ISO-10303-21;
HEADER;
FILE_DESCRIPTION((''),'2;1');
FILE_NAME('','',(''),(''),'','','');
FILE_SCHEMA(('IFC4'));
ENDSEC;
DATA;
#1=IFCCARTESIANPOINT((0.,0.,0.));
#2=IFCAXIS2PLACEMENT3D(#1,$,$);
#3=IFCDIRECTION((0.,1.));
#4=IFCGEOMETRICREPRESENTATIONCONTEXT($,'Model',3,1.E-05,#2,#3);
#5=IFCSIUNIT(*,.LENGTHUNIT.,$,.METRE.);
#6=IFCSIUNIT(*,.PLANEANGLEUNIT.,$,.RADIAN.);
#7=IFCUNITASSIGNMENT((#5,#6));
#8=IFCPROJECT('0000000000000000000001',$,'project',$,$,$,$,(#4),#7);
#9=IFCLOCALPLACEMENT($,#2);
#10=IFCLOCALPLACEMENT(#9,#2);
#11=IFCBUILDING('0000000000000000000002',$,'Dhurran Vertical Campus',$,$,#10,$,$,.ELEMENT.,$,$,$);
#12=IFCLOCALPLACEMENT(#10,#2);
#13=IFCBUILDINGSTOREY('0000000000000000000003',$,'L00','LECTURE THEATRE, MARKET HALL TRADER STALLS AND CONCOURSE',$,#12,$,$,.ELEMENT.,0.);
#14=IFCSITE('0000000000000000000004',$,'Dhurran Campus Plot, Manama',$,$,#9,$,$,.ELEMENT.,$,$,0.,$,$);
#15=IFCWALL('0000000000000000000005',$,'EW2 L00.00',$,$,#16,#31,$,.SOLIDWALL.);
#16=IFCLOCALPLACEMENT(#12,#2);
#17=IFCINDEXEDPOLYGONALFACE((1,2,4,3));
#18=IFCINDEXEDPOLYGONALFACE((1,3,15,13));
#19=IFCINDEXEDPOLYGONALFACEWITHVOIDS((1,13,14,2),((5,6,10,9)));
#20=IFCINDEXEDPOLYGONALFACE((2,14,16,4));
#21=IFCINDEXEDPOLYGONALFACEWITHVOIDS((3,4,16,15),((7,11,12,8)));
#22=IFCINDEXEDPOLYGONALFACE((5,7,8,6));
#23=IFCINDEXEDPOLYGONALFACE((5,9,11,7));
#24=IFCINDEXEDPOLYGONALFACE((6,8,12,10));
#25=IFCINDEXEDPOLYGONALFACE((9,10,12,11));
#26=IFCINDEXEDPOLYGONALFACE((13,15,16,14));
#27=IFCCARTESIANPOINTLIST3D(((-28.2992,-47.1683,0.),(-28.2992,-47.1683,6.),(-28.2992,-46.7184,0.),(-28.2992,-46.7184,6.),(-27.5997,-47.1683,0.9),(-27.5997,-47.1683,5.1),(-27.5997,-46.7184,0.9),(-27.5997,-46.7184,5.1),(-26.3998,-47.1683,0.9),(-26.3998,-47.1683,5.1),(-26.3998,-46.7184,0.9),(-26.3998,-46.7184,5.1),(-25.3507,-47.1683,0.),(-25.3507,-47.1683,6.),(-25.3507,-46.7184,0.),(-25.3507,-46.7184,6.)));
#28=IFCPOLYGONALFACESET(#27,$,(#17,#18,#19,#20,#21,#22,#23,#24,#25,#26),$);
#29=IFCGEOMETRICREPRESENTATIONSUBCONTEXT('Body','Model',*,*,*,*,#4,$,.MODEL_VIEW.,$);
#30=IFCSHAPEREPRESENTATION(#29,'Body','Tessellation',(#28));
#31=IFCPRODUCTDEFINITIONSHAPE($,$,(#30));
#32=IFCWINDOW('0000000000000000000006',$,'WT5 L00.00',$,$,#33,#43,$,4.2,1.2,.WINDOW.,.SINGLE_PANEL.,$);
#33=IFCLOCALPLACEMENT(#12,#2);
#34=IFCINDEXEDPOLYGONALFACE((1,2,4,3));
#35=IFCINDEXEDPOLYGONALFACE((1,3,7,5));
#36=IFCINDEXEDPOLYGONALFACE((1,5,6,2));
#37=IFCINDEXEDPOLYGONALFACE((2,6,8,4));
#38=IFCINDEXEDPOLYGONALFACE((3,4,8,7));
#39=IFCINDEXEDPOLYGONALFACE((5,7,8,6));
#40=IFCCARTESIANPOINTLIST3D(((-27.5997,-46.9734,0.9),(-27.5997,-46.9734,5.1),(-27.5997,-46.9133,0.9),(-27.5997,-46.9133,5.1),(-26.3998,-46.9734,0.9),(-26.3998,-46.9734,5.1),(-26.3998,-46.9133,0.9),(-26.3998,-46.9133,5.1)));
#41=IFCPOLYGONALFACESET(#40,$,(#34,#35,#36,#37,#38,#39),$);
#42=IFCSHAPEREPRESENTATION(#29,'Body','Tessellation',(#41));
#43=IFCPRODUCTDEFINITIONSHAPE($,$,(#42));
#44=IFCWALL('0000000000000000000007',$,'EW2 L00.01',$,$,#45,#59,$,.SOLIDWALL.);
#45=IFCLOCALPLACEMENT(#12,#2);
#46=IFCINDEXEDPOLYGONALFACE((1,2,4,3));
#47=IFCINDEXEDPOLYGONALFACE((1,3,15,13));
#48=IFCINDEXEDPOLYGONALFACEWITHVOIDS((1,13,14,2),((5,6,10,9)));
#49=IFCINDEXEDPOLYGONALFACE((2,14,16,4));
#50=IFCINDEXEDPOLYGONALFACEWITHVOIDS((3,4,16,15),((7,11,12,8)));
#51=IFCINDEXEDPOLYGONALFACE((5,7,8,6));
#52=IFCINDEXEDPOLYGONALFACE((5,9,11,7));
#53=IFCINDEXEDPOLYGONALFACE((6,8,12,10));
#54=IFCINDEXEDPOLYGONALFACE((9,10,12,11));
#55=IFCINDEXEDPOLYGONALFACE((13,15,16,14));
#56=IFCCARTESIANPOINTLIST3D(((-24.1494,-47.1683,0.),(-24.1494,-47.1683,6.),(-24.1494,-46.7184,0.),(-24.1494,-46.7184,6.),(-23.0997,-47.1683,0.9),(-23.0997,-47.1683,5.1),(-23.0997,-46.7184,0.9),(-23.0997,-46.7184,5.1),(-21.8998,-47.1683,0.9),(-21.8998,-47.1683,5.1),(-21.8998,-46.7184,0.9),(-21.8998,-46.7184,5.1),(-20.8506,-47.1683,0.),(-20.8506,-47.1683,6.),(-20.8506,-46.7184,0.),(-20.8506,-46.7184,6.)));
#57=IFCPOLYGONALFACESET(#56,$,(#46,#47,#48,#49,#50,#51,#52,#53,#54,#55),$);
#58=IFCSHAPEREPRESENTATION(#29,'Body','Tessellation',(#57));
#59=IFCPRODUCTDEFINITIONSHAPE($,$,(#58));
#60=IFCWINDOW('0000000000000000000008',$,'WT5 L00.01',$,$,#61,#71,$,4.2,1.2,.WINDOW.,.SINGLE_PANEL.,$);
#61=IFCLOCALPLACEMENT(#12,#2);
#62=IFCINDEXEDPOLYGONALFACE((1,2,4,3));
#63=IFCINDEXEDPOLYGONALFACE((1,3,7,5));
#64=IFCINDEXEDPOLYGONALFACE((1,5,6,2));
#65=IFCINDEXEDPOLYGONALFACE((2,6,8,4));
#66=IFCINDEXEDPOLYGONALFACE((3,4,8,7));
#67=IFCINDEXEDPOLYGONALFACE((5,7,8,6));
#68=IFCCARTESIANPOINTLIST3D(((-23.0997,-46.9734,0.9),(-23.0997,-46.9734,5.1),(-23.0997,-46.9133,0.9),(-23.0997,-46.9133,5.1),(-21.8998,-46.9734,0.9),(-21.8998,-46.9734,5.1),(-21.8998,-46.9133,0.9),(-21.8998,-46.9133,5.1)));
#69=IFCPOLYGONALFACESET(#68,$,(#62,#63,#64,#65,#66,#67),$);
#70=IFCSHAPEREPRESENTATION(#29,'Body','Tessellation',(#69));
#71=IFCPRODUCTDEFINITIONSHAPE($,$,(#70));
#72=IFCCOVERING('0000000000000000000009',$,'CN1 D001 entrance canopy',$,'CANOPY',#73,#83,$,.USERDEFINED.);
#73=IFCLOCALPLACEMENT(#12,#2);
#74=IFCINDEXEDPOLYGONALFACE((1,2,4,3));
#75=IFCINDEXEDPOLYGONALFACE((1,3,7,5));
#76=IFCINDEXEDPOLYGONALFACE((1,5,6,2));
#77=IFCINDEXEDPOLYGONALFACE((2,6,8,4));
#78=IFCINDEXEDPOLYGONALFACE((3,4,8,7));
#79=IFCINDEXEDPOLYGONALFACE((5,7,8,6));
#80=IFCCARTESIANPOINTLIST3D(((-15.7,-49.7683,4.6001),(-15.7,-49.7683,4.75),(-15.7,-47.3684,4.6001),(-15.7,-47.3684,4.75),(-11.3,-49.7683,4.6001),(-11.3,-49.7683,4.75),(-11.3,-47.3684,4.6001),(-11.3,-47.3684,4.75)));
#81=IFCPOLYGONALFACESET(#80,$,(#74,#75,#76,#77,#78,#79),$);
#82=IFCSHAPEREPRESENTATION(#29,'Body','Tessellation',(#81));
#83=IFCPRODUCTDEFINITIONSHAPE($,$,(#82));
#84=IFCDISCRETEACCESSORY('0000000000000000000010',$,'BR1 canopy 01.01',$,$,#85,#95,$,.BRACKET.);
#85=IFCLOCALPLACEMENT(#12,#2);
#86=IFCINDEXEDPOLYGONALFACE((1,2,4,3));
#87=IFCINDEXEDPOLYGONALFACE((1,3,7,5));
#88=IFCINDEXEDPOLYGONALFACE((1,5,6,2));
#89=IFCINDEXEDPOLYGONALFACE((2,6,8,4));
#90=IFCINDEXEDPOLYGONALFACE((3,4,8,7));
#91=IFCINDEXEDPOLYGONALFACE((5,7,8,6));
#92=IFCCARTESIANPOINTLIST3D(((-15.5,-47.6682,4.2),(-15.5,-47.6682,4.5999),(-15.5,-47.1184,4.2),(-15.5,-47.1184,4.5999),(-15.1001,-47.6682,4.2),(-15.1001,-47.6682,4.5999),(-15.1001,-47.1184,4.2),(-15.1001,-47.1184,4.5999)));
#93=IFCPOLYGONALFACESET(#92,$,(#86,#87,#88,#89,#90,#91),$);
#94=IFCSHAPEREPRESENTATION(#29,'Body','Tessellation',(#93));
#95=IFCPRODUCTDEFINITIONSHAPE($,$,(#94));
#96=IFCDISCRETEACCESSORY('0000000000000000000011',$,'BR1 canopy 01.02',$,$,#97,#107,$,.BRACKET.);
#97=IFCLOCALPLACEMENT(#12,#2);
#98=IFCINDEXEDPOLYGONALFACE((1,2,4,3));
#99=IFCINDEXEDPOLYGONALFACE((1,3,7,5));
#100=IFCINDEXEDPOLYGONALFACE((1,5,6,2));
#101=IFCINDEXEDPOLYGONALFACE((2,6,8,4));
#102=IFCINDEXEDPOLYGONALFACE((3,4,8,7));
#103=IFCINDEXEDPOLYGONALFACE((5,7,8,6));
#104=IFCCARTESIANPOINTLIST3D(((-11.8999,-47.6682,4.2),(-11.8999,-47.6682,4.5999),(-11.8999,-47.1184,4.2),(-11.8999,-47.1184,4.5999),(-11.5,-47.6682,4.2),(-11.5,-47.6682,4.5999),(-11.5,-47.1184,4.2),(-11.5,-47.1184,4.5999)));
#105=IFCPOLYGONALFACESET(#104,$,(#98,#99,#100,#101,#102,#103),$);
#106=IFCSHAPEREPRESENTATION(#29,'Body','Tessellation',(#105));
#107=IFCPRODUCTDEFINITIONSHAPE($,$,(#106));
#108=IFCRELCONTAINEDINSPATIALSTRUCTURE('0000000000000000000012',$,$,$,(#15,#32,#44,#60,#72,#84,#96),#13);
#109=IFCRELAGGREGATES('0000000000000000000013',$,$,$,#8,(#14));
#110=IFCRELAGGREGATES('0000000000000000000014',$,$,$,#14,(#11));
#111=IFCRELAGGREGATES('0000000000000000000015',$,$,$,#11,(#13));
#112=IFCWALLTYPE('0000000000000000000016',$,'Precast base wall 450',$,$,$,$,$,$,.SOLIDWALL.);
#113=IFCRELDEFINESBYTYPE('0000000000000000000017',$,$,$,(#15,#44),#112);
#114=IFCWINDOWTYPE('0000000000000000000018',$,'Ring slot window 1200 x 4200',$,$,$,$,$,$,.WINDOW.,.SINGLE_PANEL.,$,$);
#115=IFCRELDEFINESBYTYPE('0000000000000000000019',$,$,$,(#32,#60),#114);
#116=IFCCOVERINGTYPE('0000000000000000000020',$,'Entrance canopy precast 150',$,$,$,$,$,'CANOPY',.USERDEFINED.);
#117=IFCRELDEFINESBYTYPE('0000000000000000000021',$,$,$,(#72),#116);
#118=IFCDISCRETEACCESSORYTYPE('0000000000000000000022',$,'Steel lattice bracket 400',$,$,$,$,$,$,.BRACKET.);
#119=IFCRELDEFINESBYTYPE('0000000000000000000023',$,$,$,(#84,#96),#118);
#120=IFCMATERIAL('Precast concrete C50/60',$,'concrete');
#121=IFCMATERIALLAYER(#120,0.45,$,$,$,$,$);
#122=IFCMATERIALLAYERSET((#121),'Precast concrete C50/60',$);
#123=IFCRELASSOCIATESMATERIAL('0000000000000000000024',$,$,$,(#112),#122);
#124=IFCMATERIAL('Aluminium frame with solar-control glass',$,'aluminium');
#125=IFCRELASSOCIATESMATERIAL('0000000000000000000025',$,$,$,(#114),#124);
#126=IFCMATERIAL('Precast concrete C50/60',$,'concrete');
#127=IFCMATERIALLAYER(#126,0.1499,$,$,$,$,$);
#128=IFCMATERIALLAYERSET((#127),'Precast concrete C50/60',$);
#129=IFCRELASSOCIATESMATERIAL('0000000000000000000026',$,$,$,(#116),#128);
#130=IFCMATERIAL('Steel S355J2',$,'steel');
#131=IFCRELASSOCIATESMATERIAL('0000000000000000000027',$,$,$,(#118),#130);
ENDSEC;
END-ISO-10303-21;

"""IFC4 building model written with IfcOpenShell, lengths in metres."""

from ifc_helpers import new_model, si_unit, direction, frame, frame_2d, origin, origin_2d, place, context, subcontext, project, spatial, rectangle, extrude, material, layer, layer_set, material_profile, profile_set, type_object, element, fill, save


model = new_model("IFC4")

# Units and contexts
model_context = context("Model", 3, precision=1e-05, world=origin(), true_north=direction((0.0, 1.0)))
body_context = subcontext(model_context, "Body", "Model", "MODEL_VIEW")
ifc_project = project(units=[si_unit("LENGTHUNIT", "METRE"), si_unit("PLANEANGLEUNIT", "RADIAN")], contexts=[model_context])

# Site, building, storey
site_placement = place(None, origin())
site = spatial("IfcSite", under=ifc_project, at=site_placement, Name="Dhurran Campus Plot, Manama", CompositionType="ELEMENT", RefElevation=0.0)
building_placement = place(site_placement, origin())
building = spatial("IfcBuilding", under=site, at=building_placement, Name="Dhurran Vertical Campus", CompositionType="ELEMENT")
storey_placement = place(building_placement, origin())
storey = spatial("IfcBuildingStorey", under=building, at=storey_placement, Name="L00", Description="LECTURE THEATRE, MARKET HALL TRADER STALLS AND CONCOURSE", CompositionType="ELEMENT", Elevation=0.0)

# Walls, openings, windows
ifc_material_1 = material(Name="Precast concrete C50/60", Category="concrete")
ifc_layer_1 = layer(ifc_material_1, 0.45)
ifc_layer_set_1 = layer_set([ifc_layer_1], Name="Precast concrete C50/60")
wall_type = type_object("IfcWallType", Name="Precast base wall 450", PredefinedType="SOLIDWALL", material=ifc_layer_set_1)
wall_1_placement = place(storey_placement, frame((-28.2991, -46.9434, 0.0), z_axis=(0.0, 0.0, 1.0), x_axis=(1.0, 0.0, 0.0)))
wall_1 = element("IfcWall", 1, at=wall_1_placement, inside=storey, type_object=wall_type, Name="EW2 L00.00", PredefinedType="SOLIDWALL", context=body_context, shape_type="SweptSolid", body=[
    extrude(rectangle(XDim=2.9485, YDim=0.45, at=frame_2d((1.4741, 0.0))), origin(), (0.0, 0.0, 1.0), 6.0),
])
opening_1_placement = place(wall_1_placement, frame((0.6992, 0.0, 0.8999)))
opening_1 = element("IfcOpeningElement", 2, at=opening_1_placement, cuts=wall_1, PredefinedType="OPENING", context=body_context, shape_type="SweptSolid", body=[
    extrude(rectangle(XDim=1.2, YDim=4.2, at=frame_2d((0.6001, 2.1001))), frame((0.0, 0.2349, 0.0), z_axis=(0.0, -1.0, 0.0), x_axis=(1.0, 0.0, 0.0)), (0.0, 0.0, 1.0), 0.47),
])
ifc_material_2 = material(Name="Aluminium frame with solar-control glass", Category="aluminium")
window_type = type_object("IfcWindowType", Name="Ring slot window 1200 x 4200", PartitioningType="SINGLE_PANEL", PredefinedType="WINDOW", material=ifc_material_2)
window_1_placement = place(opening_1_placement, origin())
window_1 = element("IfcWindow", 3, at=window_1_placement, inside=storey, type_object=window_type, Name="WT5 L00.00", OverallHeight=4.2, OverallWidth=1.2, PartitioningType="SINGLE_PANEL", PredefinedType="WINDOW", context=body_context, shape_type="SweptSolid", body=[
    extrude(rectangle(XDim=1.2, YDim=4.2, at=frame_2d((0.6001, 2.1001))), frame((0.0, 0.03, 0.0), z_axis=(0.0, -1.0, 0.0), x_axis=(1.0, 0.0, 0.0)), (0.0, 0.0, 1.0), 0.0601),
])
fill(opening_1, window_1)
wall_2_placement = place(storey_placement, frame((-24.1494, -46.9434, 0.0), z_axis=(0.0, 0.0, 1.0), x_axis=(1.0, 0.0, 0.0)))
wall_2 = element("IfcWall", 4, at=wall_2_placement, inside=storey, type_object=wall_type, Name="EW2 L00.01", PredefinedType="SOLIDWALL", context=body_context, shape_type="SweptSolid", body=[
    extrude(rectangle(XDim=3.2988, YDim=0.45, at=frame_2d((1.6494, 0.0))), origin(), (0.0, 0.0, 1.0), 6.0),
])
opening_2_placement = place(wall_2_placement, frame((1.0496, 0.0, 0.8999)))
opening_2 = element("IfcOpeningElement", 5, at=opening_2_placement, cuts=wall_2, PredefinedType="OPENING", context=body_context, shape_type="SweptSolid", body=[
    extrude(rectangle(XDim=1.2, YDim=4.2, at=frame_2d((0.6001, 2.1001))), frame((0.0, 0.2349, 0.0), z_axis=(0.0, -1.0, 0.0), x_axis=(1.0, 0.0, 0.0)), (0.0, 0.0, 1.0), 0.47),
])
window_2_placement = place(opening_2_placement, origin())
window_2 = element("IfcWindow", 6, at=window_2_placement, inside=storey, type_object=window_type, Name="WT5 L00.01", OverallHeight=4.2, OverallWidth=1.2, PartitioningType="SINGLE_PANEL", PredefinedType="WINDOW", context=body_context, shape_type="SweptSolid", body=[
    extrude(rectangle(XDim=1.2, YDim=4.2, at=frame_2d((0.6001, 2.1001))), frame((0.0, 0.03, 0.0), z_axis=(0.0, -1.0, 0.0), x_axis=(1.0, 0.0, 0.0)), (0.0, 0.0, 1.0), 0.0601),
])
fill(opening_2, window_2)

# Covering
ifc_material_3 = material(Name="Precast concrete C50/60", Category="concrete")
ifc_layer_2 = layer(ifc_material_3, 0.1499)
ifc_layer_set_2 = layer_set([ifc_layer_2], Name="Precast concrete C50/60")
covering_type = type_object("IfcCoveringType", Name="Entrance canopy precast 150", ElementType="CANOPY", PredefinedType="USERDEFINED", material=ifc_layer_set_2)
covering_placement = place(storey_placement, frame((-13.5, -48.5684, 4.6001), z_axis=(0.0, 0.0, 1.0), x_axis=(1.0, 0.0, 0.0)))
element("IfcCovering", 7, at=covering_placement, inside=storey, type_object=covering_type, Name="CN1 D001 entrance canopy", ObjectType="CANOPY", PredefinedType="USERDEFINED", context=body_context, shape_type="SweptSolid", body=[
    extrude(rectangle(XDim=4.3999, YDim=2.3999, at=origin_2d()), origin(), (0.0, 0.0, 1.0), 0.1499),
])

# Discrete accessories
ifc_material_4 = material(Name="Steel S355J2", Category="steel")
ifc_material_profile_1 = material_profile(ifc_material_4, rectangle(XDim=0.3999, YDim=0.3999, at=origin_2d()), Name="Steel lattice bracket 400")
ifc_profile_set_1 = profile_set([ifc_material_profile_1], Name="Steel S355J2")
discrete_accessory_type = type_object("IfcDiscreteAccessoryType", Name="Steel lattice bracket 400", PredefinedType="BRACKET", material=ifc_profile_set_1)
for number, where, z_axis, x_axis, name in (
    (8, (-15.3, -47.1184, 4.3999), (0.0, -1.0, 0.0), (1.0, 0.0, 0.0), "BR1 canopy 01.01"),
    (9, (-11.7, -47.1184, 4.3999), (0.0, -1.0, 0.0), (1.0, 0.0, 0.0), "BR1 canopy 01.02"),
):
    element("IfcDiscreteAccessory", number, at=place(storey_placement, frame(where, z_axis=z_axis, x_axis=x_axis)), inside=storey, type_object=discrete_accessory_type, Name=name, PredefinedType="BRACKET", context=body_context, shape_type="SweptSolid", body=[
        extrude(rectangle(XDim=0.3999, YDim=0.3999, at=origin_2d()), origin(), (0.0, 0.0, 1.0), 0.5498),
    ])

save(model, "model.ifc")
